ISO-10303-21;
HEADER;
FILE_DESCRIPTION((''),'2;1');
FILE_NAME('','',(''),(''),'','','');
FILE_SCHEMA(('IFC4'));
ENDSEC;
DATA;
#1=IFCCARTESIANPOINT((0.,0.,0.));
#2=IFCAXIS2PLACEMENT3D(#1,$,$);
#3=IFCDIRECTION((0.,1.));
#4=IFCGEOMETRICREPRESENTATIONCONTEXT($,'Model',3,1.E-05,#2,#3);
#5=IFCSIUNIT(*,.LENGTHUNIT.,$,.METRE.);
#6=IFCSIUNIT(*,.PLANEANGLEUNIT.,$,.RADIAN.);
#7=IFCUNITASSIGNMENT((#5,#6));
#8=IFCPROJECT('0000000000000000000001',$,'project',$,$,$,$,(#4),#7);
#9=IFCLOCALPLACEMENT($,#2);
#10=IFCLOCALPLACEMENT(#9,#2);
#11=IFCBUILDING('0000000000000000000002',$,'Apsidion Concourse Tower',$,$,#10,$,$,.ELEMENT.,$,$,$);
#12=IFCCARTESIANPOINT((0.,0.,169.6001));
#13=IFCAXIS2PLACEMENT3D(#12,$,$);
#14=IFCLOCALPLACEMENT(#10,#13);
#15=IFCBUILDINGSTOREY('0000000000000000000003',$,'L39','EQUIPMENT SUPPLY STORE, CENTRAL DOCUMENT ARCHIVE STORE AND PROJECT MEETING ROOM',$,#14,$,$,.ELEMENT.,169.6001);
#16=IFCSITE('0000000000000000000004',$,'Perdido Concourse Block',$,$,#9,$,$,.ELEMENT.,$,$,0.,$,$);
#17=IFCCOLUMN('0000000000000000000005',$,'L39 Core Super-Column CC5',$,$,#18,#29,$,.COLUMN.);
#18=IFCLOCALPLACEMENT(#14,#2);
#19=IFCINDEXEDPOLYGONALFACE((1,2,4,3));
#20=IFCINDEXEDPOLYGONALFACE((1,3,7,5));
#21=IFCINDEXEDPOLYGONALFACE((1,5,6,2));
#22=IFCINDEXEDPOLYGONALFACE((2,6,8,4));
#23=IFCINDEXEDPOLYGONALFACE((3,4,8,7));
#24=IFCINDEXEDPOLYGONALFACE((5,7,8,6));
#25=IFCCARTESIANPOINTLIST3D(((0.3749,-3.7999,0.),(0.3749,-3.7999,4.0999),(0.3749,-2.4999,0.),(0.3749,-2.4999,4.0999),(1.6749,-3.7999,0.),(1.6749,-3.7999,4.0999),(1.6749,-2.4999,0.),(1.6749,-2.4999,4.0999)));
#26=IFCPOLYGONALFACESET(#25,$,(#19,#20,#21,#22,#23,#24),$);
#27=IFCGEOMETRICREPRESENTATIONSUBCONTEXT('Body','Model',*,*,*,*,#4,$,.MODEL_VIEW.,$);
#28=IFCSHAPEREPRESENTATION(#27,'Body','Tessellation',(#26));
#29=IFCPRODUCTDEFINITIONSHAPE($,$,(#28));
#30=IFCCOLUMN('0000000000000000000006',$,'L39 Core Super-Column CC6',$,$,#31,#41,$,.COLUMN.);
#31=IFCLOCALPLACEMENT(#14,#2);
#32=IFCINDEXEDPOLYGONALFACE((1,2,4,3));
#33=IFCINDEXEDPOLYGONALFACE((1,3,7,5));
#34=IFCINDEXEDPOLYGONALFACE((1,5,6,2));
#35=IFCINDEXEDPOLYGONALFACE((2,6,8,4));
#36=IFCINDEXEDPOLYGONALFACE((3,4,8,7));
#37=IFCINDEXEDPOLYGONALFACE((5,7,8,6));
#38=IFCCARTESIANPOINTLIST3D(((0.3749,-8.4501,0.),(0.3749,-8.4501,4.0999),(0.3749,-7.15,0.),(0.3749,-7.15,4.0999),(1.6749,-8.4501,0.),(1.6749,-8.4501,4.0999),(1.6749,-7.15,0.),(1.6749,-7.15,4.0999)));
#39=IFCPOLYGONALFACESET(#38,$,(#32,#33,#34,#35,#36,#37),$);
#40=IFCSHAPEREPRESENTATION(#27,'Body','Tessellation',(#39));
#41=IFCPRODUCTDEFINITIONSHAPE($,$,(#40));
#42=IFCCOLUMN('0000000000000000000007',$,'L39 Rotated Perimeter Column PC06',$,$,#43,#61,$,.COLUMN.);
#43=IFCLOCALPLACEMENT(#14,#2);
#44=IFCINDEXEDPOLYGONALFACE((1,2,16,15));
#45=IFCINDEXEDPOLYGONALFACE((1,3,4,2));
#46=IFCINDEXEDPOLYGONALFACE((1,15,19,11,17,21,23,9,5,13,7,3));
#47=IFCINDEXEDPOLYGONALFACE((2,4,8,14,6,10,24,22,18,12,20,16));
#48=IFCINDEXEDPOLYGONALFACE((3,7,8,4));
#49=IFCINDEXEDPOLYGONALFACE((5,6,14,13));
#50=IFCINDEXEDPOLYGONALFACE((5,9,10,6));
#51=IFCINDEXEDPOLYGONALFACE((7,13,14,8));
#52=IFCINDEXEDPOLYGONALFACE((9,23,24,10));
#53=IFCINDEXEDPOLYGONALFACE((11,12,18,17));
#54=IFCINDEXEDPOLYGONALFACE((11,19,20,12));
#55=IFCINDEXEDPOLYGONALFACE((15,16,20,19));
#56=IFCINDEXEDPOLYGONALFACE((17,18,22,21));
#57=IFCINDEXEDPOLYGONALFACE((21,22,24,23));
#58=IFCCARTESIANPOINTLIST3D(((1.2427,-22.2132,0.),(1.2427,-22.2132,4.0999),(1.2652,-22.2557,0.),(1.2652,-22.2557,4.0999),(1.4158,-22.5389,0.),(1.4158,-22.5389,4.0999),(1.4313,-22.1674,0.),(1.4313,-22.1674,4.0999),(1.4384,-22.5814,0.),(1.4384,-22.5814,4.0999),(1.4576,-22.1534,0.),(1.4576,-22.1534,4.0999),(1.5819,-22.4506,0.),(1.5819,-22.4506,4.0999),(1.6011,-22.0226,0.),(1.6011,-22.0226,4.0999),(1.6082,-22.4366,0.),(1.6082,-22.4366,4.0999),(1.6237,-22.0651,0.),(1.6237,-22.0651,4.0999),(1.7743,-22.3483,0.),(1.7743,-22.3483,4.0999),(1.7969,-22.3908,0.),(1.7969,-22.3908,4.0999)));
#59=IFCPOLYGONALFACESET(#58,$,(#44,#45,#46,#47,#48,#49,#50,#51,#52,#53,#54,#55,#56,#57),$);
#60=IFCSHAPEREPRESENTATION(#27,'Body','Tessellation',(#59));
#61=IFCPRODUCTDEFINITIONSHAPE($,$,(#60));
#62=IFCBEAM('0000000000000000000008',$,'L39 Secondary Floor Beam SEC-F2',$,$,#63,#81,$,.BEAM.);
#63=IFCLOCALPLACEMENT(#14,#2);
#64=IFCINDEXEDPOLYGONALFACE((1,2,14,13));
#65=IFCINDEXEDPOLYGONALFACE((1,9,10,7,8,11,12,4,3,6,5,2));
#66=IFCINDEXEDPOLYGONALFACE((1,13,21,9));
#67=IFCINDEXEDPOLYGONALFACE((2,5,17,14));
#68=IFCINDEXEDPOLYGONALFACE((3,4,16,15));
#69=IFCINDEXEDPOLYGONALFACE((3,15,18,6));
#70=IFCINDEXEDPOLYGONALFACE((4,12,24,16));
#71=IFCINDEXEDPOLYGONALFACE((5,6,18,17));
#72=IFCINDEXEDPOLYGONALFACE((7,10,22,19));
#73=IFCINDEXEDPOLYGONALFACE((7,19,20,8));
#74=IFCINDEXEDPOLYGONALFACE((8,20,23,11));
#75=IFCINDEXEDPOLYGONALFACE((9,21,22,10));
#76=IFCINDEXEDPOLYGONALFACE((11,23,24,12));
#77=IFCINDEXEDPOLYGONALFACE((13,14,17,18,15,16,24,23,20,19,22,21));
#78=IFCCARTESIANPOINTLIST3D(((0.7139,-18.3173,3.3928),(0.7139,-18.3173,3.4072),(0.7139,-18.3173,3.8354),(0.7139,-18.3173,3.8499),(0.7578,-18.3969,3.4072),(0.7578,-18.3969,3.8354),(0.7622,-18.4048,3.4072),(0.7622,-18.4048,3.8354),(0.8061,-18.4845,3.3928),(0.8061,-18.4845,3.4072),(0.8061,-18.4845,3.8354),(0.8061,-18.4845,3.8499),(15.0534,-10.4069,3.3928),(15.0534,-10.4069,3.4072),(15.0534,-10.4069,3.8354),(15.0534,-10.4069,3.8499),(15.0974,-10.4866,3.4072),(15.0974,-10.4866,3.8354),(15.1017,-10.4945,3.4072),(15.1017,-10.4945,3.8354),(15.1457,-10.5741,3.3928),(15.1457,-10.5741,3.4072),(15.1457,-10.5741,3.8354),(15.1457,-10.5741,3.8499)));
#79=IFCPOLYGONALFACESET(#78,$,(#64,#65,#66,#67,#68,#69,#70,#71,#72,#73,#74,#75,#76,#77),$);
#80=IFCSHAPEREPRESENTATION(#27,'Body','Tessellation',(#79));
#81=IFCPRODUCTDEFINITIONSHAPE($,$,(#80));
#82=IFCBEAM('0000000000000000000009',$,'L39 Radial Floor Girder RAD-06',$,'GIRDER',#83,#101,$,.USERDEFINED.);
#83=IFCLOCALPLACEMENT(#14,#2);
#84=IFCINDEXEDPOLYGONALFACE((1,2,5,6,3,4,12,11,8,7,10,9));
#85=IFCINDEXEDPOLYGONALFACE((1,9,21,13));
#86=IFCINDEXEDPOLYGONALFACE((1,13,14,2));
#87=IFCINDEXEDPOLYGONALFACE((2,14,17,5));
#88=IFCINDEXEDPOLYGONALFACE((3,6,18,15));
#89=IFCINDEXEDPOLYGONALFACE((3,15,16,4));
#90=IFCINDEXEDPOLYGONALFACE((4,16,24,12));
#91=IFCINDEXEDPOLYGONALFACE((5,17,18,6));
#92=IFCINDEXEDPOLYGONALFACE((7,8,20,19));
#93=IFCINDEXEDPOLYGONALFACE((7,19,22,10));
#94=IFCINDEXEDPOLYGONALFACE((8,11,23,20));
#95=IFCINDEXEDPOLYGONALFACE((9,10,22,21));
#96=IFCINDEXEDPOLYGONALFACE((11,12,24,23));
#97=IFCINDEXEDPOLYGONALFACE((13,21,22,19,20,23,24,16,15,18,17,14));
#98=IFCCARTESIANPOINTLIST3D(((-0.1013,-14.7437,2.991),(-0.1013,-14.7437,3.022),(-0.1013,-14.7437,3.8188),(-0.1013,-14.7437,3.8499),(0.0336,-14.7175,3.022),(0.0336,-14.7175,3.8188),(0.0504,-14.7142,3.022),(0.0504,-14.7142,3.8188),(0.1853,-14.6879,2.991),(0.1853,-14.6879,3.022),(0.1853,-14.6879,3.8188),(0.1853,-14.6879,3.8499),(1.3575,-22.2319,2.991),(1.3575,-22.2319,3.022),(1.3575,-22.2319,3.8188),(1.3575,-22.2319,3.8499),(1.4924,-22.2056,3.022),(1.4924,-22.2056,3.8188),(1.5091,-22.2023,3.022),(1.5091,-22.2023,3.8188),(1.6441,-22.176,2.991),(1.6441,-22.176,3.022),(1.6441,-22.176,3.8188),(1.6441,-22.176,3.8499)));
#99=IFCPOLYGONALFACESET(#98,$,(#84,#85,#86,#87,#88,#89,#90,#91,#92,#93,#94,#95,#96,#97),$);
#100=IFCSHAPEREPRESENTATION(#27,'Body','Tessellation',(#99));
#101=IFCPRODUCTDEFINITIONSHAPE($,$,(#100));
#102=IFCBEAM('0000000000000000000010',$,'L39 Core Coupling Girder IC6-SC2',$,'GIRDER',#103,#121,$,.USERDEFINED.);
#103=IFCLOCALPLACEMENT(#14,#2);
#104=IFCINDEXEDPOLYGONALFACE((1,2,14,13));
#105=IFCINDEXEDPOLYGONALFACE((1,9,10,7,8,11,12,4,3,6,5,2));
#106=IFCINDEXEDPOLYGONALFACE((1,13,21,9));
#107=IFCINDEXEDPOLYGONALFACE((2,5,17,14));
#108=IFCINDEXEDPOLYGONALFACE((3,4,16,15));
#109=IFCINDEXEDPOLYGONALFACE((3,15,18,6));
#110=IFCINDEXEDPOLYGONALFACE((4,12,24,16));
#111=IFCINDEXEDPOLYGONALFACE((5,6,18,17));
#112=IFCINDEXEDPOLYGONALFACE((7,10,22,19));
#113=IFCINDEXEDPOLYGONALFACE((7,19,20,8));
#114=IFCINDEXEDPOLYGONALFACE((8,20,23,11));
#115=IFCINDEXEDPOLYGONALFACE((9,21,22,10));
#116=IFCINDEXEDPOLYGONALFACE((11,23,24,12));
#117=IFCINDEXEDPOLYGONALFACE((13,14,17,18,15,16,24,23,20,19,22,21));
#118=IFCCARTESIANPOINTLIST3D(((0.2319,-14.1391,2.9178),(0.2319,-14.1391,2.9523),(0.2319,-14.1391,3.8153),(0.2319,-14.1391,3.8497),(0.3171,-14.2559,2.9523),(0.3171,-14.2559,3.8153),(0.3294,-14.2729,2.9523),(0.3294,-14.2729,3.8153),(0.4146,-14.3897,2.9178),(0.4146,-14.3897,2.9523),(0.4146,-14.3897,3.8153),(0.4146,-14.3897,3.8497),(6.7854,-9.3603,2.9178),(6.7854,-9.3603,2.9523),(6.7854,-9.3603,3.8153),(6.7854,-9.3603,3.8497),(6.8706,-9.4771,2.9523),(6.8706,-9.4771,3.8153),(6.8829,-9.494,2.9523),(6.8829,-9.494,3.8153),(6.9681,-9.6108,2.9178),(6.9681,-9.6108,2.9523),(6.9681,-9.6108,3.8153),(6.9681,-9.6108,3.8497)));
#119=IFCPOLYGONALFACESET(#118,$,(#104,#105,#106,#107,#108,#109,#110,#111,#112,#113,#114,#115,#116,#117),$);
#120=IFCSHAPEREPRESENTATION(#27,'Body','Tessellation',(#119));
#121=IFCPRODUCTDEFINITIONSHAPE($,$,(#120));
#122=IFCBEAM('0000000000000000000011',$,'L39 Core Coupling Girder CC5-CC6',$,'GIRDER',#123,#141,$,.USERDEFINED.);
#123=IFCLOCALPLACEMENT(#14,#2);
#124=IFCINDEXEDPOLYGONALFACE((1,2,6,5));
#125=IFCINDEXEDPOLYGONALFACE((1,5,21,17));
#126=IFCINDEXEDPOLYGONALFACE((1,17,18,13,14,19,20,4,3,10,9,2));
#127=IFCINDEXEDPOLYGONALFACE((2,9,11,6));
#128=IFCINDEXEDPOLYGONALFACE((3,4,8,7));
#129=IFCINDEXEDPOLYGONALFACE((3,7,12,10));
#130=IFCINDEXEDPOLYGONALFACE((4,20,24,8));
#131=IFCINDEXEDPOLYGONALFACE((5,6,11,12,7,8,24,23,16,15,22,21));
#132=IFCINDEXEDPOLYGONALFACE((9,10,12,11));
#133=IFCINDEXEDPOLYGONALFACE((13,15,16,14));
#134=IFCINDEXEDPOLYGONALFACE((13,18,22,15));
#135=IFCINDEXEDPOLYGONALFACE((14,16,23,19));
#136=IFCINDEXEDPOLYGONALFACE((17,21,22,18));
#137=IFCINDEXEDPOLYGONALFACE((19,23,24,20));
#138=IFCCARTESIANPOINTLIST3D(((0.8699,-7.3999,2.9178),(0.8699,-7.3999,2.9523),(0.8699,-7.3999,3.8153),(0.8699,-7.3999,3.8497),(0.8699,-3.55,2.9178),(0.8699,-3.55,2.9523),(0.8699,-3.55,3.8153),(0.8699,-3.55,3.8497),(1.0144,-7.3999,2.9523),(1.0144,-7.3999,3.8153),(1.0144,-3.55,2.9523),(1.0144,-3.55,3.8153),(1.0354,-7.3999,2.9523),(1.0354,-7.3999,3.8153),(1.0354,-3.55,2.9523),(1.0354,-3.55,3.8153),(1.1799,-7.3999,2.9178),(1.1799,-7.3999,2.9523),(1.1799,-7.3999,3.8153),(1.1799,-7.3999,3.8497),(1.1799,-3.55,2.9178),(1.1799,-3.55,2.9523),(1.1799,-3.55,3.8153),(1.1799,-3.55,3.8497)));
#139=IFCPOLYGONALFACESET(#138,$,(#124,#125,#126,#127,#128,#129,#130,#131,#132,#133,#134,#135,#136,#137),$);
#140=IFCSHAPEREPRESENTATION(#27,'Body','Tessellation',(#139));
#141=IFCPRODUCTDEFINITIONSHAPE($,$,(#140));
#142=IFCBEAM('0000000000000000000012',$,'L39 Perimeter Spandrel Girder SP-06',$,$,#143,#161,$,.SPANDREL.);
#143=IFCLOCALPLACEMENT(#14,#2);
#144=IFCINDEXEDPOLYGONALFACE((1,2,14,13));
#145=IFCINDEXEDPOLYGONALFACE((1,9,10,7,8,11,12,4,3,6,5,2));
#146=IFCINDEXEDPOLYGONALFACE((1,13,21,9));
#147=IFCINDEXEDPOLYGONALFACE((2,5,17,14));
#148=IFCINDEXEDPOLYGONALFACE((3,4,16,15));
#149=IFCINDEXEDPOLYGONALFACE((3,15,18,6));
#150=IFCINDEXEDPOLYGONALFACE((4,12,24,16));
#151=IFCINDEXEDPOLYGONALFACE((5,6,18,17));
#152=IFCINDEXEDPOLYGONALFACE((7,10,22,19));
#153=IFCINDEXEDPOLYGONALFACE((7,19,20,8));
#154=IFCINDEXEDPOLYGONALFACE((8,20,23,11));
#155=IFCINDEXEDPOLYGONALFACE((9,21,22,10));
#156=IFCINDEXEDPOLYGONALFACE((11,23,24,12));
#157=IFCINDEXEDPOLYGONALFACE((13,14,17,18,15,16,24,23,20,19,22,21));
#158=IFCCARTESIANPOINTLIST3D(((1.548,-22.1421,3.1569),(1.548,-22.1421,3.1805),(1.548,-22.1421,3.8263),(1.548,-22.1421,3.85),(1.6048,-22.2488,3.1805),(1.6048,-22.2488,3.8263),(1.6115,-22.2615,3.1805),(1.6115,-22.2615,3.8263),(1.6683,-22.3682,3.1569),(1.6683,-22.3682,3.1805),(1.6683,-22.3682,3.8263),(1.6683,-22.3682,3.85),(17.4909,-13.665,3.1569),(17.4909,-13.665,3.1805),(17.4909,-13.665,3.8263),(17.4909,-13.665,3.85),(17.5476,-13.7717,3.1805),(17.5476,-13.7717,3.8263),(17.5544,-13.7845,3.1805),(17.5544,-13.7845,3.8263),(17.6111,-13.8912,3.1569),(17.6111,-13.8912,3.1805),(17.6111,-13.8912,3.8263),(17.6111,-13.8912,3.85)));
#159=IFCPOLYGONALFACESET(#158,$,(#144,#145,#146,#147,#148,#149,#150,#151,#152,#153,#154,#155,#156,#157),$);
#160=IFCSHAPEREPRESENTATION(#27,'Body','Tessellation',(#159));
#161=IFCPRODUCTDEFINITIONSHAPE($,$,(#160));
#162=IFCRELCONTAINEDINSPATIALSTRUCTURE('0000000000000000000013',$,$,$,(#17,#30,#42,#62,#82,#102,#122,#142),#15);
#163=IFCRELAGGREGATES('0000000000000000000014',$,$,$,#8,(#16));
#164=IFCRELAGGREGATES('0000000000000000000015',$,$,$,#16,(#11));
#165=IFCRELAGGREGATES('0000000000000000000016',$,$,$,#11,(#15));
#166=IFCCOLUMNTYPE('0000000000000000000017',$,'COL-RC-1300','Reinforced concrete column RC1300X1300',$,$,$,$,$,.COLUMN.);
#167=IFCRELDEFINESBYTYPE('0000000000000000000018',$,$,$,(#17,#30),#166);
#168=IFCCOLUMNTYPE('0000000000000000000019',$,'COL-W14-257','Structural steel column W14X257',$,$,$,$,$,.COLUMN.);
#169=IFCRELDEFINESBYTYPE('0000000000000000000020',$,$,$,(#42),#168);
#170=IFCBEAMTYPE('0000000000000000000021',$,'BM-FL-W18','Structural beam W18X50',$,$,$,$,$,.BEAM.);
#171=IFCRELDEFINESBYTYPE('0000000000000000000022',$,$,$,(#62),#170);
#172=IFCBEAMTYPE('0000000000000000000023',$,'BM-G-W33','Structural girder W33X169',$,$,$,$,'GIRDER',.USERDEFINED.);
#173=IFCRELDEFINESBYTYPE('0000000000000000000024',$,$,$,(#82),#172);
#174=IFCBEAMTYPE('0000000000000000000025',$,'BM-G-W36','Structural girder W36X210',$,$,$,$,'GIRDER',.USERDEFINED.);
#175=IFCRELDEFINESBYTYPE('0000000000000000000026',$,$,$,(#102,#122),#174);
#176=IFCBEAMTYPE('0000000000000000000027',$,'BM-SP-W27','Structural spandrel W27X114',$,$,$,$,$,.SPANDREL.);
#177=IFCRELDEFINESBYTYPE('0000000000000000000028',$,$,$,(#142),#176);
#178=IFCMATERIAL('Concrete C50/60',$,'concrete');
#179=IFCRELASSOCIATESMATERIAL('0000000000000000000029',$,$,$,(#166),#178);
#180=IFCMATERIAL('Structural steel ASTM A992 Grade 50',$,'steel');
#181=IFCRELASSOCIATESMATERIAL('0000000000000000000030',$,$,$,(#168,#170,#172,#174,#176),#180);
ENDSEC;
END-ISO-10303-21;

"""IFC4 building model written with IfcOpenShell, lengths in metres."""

from ifc_helpers import new_model, si_unit, direction, frame, origin, origin_2d, place, context, subcontext, project, spatial, rectangle, i_section, extrude, material, material_profile, profile_set, type_object, element, save


model = new_model("IFC4")

# Units and contexts
model_context = context("Model", 3, precision=1e-05, world=origin(), true_north=direction((0.0, 1.0)))
body_context = subcontext(model_context, "Body", "Model", "MODEL_VIEW")
ifc_project = project(units=[si_unit("LENGTHUNIT", "METRE"), si_unit("PLANEANGLEUNIT", "RADIAN")], contexts=[model_context])

# Site, building, storey
site_placement = place(None, origin())
site = spatial("IfcSite", under=ifc_project, at=site_placement, Name="Perdido Concourse Block", CompositionType="ELEMENT", RefElevation=0.0)
building_placement = place(site_placement, origin())
building = spatial("IfcBuilding", under=site, at=building_placement, Name="Apsidion Concourse Tower", CompositionType="ELEMENT")
storey_placement = place(building_placement, frame((0.0, 0.0, 169.6001)))
storey = spatial("IfcBuildingStorey", under=building, at=storey_placement, Name="L39", Description="EQUIPMENT SUPPLY STORE, CENTRAL DOCUMENT ARCHIVE STORE AND PROJECT MEETING ROOM", CompositionType="ELEMENT", Elevation=169.6001)

# Columns
ifc_material_1 = material(Name="Concrete C50/60", Category="concrete")
ifc_material_profile_1 = material_profile(ifc_material_1, rectangle(XDim=1.3, YDim=1.3, at=origin_2d()), Name="RC 1300x1300")
ifc_profile_set_1 = profile_set([ifc_material_profile_1], Name="Concrete C50/60")
column_type_1 = type_object("IfcColumnType", Name="COL-RC-1300", Description="Reinforced concrete column RC1300X1300", PredefinedType="COLUMN", material=ifc_profile_set_1)
for number, where, z_axis, x_axis, name in (
    (1, (1.0249, -3.1499, 0.0), (0.0, 0.0, 1.0), (1.0, 0.0, 0.0), "L39 Core Super-Column CC5"),
    (2, (1.0249, -7.8, 0.0), (0.0, 0.0, 1.0), (1.0, 0.0, 0.0), "L39 Core Super-Column CC6"),
):
    element("IfcColumn", number, at=place(storey_placement, frame(where, z_axis=z_axis, x_axis=x_axis)), inside=storey, type_object=column_type_1, Name=name, PredefinedType="COLUMN", context=body_context, shape_type="SweptSolid", body=[
        extrude(rectangle(XDim=1.3, YDim=1.3, at=origin_2d()), origin(), (0.0, 0.0, 1.0), 4.0999),
    ])
ifc_material_2 = material(Name="Structural steel ASTM A992 Grade 50", Category="steel")
ifc_material_profile_2 = material_profile(ifc_material_2, i_section(OverallWidth=0.406, OverallDepth=0.417, WebThickness=0.0298, FlangeThickness=0.0481, at=origin_2d()), Name="W14X257")
ifc_profile_set_2 = profile_set([ifc_material_profile_2], Name="Structural steel ASTM A992 Grade 50")
column_type_2 = type_object("IfcColumnType", Name="COL-W14-257", Description="Structural steel column W14X257", PredefinedType="COLUMN", material=ifc_profile_set_2)
column_placement = place(storey_placement, frame((1.5198, -22.302, 0.0), z_axis=(0.0, 0.0, 1.0), x_axis=(0.882948, 0.469472, 0.0)))
element("IfcColumn", 3, at=column_placement, inside=storey, type_object=column_type_2, Name="L39 Rotated Perimeter Column PC06", PredefinedType="COLUMN", context=body_context, shape_type="SweptSolid", body=[
    extrude(i_section(OverallWidth=0.406, OverallDepth=0.417, WebThickness=0.0298, FlangeThickness=0.0481, at=origin_2d()), origin(), (0.0, 0.0, 1.0), 4.0999),
])

# Beams
ifc_material_profile_3 = material_profile(ifc_material_2, i_section(OverallWidth=0.1909, OverallDepth=0.457, WebThickness=0.009, FlangeThickness=0.0144, at=origin_2d()), Name="W18X50")
ifc_profile_set_3 = profile_set([ifc_material_profile_3], Name="Structural steel ASTM A992 Grade 50")
beam_type_1 = type_object("IfcBeamType", Name="BM-FL-W18", Description="Structural beam W18X50", PredefinedType="BEAM", material=ifc_profile_set_3)
beam_1_placement = place(storey_placement, frame((0.76, -18.4009, 3.6213), z_axis=(0.875606, 0.483026, 0.0), x_axis=(-0.483026, 0.875606, 0.0)))
element("IfcBeam", 4, at=beam_1_placement, inside=storey, type_object=beam_type_1, Name="L39 Secondary Floor Beam SEC-F2", PredefinedType="BEAM", context=body_context, shape_type="SweptSolid", body=[
    extrude(i_section(OverallWidth=0.1909, OverallDepth=0.457, WebThickness=0.009, FlangeThickness=0.0144, at=origin_2d()), origin(), (0.0, 0.0, 1.0), 16.3767),
])
ifc_material_profile_4 = material_profile(ifc_material_2, i_section(OverallWidth=0.292, OverallDepth=0.8589, WebThickness=0.0171, FlangeThickness=0.031, at=origin_2d()), Name="W33X169")
ifc_profile_set_4 = profile_set([ifc_material_profile_4], Name="Structural steel ASTM A992 Grade 50")
beam_type_2 = type_object("IfcBeamType", Name="BM-G-W33", Description="Structural girder W33X169", ElementType="GIRDER", PredefinedType="USERDEFINED", material=ifc_profile_set_4)
beam_2_placement = place(storey_placement, frame((0.042, -14.7158, 3.4204), z_axis=(0.191215, -0.981548, 0.0), x_axis=(0.981548, 0.191215, 0.0)))
element("IfcBeam", 5, at=beam_2_placement, inside=storey, type_object=beam_type_2, Name="L39 Radial Floor Girder RAD-06", ObjectType="GIRDER", PredefinedType="USERDEFINED", context=body_context, shape_type="SweptSolid", body=[
    extrude(i_section(OverallWidth=0.292, OverallDepth=0.8589, WebThickness=0.0171, FlangeThickness=0.031, at=origin_2d()), origin(), (0.0, 0.0, 1.0), 7.6289),
])
ifc_material_profile_5 = material_profile(ifc_material_2, i_section(OverallWidth=0.3101, OverallDepth=0.9319, WebThickness=0.021, FlangeThickness=0.0344, at=origin_2d()), Name="W36X210")
ifc_profile_set_5 = profile_set([ifc_material_profile_5], Name="Structural steel ASTM A992 Grade 50")
beam_type_3 = type_object("IfcBeamType", Name="BM-G-W36", Description="Structural girder W36X210", ElementType="GIRDER", PredefinedType="USERDEFINED", material=ifc_profile_set_5)
beam_3_placement = place(storey_placement, frame((0.3232, -14.2644, 3.3838), z_axis=(0.807993, 0.589191, 0.0), x_axis=(-0.589191, 0.807993, 0.0)))
element("IfcBeam", 6, at=beam_3_placement, inside=storey, type_object=beam_type_3, Name="L39 Core Coupling Girder IC6-SC2", ObjectType="GIRDER", PredefinedType="USERDEFINED", context=body_context, shape_type="SweptSolid", body=[
    extrude(i_section(OverallWidth=0.3101, OverallDepth=0.9319, WebThickness=0.021, FlangeThickness=0.0344, at=origin_2d()), origin(), (0.0, 0.0, 1.0), 8.1108),
])
beam_4_placement = place(storey_placement, frame((1.0249, -3.55, 3.3838), z_axis=(0.0, -1.0, 0.0), x_axis=(1.0, 0.0, 0.0)))
element("IfcBeam", 7, at=beam_4_placement, inside=storey, type_object=beam_type_3, Name="L39 Core Coupling Girder CC5-CC6", ObjectType="GIRDER", PredefinedType="USERDEFINED", context=body_context, shape_type="SweptSolid", body=[
    extrude(i_section(OverallWidth=0.3101, OverallDepth=0.9319, WebThickness=0.021, FlangeThickness=0.0344, at=origin_2d()), origin(), (0.0, 0.0, 1.0), 3.8499),
])
ifc_material_profile_6 = material_profile(ifc_material_2, i_section(OverallWidth=0.2561, OverallDepth=0.6931, WebThickness=0.0144, FlangeThickness=0.0237, at=origin_2d()), Name="W27X114")
ifc_profile_set_6 = profile_set([ifc_material_profile_6], Name="Structural steel ASTM A992 Grade 50")
beam_type_4 = type_object("IfcBeamType", Name="BM-SP-W27", Description="Structural spandrel W27X114", PredefinedType="SPANDREL", material=ifc_profile_set_6)
beam_5_placement = place(storey_placement, frame((1.6082, -22.2551, 3.5034), z_axis=(0.882946, 0.469475, 0.0), x_axis=(-0.469475, 0.882946, 0.0)))
element("IfcBeam", 8, at=beam_5_placement, inside=storey, type_object=beam_type_4, Name="L39 Perimeter Spandrel Girder SP-06", PredefinedType="SPANDREL", context=body_context, shape_type="SweptSolid", body=[
    extrude(i_section(OverallWidth=0.2561, OverallDepth=0.6931, WebThickness=0.0144, FlangeThickness=0.0237, at=origin_2d()), origin(), (0.0, 0.0, 1.0), 18.0564),
])

save(model, "model.ifc")
